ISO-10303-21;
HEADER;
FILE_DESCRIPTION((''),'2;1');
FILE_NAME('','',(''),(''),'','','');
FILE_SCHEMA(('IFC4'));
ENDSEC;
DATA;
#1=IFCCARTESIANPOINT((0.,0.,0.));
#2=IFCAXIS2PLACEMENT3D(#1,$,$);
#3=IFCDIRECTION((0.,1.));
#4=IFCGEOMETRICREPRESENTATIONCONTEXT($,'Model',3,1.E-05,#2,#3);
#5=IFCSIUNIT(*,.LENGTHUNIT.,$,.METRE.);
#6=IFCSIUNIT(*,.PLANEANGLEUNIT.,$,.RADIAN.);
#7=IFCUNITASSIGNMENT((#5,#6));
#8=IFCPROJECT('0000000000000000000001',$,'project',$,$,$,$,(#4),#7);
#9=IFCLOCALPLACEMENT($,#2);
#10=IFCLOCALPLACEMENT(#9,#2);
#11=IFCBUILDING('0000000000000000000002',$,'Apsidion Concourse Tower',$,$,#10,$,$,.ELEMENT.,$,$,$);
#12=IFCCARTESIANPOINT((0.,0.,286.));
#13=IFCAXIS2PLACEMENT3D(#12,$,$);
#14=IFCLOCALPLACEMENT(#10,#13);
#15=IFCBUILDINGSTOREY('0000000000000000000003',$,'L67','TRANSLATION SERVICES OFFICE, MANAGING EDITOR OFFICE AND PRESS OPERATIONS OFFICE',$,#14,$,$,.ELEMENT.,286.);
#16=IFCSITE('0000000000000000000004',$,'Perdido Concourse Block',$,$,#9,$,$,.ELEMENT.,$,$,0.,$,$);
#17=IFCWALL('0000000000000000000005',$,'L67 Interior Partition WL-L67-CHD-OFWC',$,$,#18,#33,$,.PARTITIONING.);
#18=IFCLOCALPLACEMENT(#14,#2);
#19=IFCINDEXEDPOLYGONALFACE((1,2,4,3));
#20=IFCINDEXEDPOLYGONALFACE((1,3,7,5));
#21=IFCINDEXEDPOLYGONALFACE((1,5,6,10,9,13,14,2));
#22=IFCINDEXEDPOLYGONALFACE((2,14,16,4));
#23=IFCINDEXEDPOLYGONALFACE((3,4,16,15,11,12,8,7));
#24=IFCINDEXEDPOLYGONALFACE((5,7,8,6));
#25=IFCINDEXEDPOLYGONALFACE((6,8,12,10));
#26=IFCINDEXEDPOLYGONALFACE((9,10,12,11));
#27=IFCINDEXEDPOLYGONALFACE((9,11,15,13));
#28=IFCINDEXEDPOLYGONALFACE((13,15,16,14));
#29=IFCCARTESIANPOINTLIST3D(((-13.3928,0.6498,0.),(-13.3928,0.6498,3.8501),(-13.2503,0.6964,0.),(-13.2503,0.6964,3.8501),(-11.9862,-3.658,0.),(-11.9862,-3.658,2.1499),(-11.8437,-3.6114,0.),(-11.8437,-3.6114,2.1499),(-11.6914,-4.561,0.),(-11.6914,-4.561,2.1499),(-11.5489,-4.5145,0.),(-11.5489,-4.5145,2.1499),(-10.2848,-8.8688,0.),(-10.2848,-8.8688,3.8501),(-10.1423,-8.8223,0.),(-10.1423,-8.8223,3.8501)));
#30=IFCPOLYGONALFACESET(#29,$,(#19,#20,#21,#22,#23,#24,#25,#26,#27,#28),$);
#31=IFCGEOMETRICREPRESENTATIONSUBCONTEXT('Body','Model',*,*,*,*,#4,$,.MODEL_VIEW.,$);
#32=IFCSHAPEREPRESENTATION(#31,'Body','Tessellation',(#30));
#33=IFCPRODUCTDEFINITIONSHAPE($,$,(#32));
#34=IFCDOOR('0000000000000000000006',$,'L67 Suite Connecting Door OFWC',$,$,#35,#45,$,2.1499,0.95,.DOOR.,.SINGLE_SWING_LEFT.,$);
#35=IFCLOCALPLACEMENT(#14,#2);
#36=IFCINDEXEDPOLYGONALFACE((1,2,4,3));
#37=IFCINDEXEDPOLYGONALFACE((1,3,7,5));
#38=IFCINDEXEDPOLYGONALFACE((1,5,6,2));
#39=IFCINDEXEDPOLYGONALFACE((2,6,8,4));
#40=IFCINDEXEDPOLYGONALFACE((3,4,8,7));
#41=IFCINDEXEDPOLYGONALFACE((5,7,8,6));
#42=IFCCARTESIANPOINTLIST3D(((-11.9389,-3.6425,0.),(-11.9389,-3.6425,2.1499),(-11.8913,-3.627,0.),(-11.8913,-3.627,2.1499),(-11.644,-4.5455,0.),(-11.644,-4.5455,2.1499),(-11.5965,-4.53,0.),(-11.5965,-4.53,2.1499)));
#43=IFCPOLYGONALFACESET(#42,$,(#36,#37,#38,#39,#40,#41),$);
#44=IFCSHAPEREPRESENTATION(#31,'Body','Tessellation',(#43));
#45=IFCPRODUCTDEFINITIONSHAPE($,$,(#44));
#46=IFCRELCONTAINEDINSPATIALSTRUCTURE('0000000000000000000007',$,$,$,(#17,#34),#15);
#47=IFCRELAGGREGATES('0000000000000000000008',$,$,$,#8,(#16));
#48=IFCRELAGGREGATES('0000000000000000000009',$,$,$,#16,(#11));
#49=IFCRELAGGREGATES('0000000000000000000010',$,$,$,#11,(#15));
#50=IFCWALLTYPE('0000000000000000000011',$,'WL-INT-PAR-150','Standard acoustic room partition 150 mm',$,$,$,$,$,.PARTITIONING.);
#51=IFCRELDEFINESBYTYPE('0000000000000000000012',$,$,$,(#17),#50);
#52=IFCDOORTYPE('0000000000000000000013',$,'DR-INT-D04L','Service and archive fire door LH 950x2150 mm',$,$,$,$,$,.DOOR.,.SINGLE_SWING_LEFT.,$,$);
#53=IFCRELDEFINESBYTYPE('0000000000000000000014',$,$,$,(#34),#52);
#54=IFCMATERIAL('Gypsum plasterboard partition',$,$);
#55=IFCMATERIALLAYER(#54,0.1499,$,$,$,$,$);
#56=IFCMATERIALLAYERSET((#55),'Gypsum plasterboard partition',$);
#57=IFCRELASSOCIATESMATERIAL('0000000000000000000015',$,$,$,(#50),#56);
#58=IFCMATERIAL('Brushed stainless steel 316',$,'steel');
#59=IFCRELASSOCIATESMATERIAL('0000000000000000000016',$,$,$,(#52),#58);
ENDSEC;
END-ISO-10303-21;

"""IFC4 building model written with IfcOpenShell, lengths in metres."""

from ifc_helpers import new_model, si_unit, direction, frame, frame_2d, origin, place, context, subcontext, project, spatial, rectangle, extrude, material, layer, layer_set, type_object, element, fill, save


model = new_model("IFC4")

# Units and contexts
model_context = context("Model", 3, precision=1e-05, world=origin(), true_north=direction((0.0, 1.0)))
body_context = subcontext(model_context, "Body", "Model", "MODEL_VIEW")
ifc_project = project(units=[si_unit("LENGTHUNIT", "METRE"), si_unit("PLANEANGLEUNIT", "RADIAN")], contexts=[model_context])

# Site, building, storey
site_placement = place(None, origin())
site = spatial("IfcSite", under=ifc_project, at=site_placement, Name="Perdido Concourse Block", CompositionType="ELEMENT", RefElevation=0.0)
building_placement = place(site_placement, origin())
building = spatial("IfcBuilding", under=site, at=building_placement, Name="Apsidion Concourse Tower", CompositionType="ELEMENT")
storey_placement = place(building_placement, frame((0.0, 0.0, 286.0)))
storey = spatial("IfcBuildingStorey", under=building, at=storey_placement, Name="L67", Description="TRANSLATION SERVICES OFFICE, MANAGING EDITOR OFFICE AND PRESS OPERATIONS OFFICE", CompositionType="ELEMENT", Elevation=286.0)

# Shared definitions
ifc_material_1 = material(Name="Gypsum plasterboard partition")
ifc_layer = layer(ifc_material_1, 0.1499)
ifc_layer_set = layer_set([ifc_layer], Name="Gypsum plasterboard partition")
wall_type = type_object("IfcWallType", Name="WL-INT-PAR-150", Description="Standard acoustic room partition 150 mm", PredefinedType="PARTITIONING", material=ifc_layer_set)

# Wall, opening, door
wall_1_placement = place(storey_placement, frame((-13.3215, 0.6731, 0.0), z_axis=(0.0, 0.0, 1.0), x_axis=(0.310385, -0.950611, 0.0)))
wall_1 = element("IfcWall", 1, at=wall_1_placement, inside=storey, type_object=wall_type, Name="L67 Interior Partition WL-L67-CHD-OFWC", PredefinedType="PARTITIONING", context=body_context, shape_type="SweptSolid", body=[
    extrude(rectangle(XDim=10.0132, YDim=0.1499, at=frame_2d((5.0066, 0.0))), origin(), (0.0, 0.0, 1.0), 3.8501),
])
opening_placement = place(wall_1_placement, frame((4.5315, 0.0, 0.0)))
opening = element("IfcOpeningElement", 2, at=opening_placement, cuts=wall_1, PredefinedType="OPENING", context=body_context, shape_type="SweptSolid", body=[
    extrude(rectangle(XDim=0.95, YDim=2.1499, at=frame_2d((0.4751, 1.075))), frame((0.0, 0.085, 0.0), z_axis=(0.0, -1.0, 0.0), x_axis=(1.0, 0.0, 0.0)), (0.0, 0.0, 1.0), 0.1699),
])
ifc_material_2 = material(Name="Brushed stainless steel 316", Category="steel")
door_type = type_object("IfcDoorType", Name="DR-INT-D04L", Description="Service and archive fire door LH 950x2150 mm", OperationType="SINGLE_SWING_LEFT", PredefinedType="DOOR", material=ifc_material_2)
door_placement = place(opening_placement, origin())
door = element("IfcDoor", 3, at=door_placement, inside=storey, type_object=door_type, Name="L67 Suite Connecting Door OFWC", OperationType="SINGLE_SWING_LEFT", OverallHeight=2.1499, OverallWidth=0.95, PredefinedType="DOOR", context=body_context, shape_type="SweptSolid", body=[
    extrude(rectangle(XDim=0.95, YDim=2.1499, at=frame_2d((0.4751, 1.075))), frame((0.0, 0.0249, 0.0), z_axis=(0.0, -1.0, 0.0), x_axis=(1.0, 0.0, 0.0)), (0.0, 0.0, 1.0), 0.05),
])
fill(opening, door)

save(model, "model.ifc")
